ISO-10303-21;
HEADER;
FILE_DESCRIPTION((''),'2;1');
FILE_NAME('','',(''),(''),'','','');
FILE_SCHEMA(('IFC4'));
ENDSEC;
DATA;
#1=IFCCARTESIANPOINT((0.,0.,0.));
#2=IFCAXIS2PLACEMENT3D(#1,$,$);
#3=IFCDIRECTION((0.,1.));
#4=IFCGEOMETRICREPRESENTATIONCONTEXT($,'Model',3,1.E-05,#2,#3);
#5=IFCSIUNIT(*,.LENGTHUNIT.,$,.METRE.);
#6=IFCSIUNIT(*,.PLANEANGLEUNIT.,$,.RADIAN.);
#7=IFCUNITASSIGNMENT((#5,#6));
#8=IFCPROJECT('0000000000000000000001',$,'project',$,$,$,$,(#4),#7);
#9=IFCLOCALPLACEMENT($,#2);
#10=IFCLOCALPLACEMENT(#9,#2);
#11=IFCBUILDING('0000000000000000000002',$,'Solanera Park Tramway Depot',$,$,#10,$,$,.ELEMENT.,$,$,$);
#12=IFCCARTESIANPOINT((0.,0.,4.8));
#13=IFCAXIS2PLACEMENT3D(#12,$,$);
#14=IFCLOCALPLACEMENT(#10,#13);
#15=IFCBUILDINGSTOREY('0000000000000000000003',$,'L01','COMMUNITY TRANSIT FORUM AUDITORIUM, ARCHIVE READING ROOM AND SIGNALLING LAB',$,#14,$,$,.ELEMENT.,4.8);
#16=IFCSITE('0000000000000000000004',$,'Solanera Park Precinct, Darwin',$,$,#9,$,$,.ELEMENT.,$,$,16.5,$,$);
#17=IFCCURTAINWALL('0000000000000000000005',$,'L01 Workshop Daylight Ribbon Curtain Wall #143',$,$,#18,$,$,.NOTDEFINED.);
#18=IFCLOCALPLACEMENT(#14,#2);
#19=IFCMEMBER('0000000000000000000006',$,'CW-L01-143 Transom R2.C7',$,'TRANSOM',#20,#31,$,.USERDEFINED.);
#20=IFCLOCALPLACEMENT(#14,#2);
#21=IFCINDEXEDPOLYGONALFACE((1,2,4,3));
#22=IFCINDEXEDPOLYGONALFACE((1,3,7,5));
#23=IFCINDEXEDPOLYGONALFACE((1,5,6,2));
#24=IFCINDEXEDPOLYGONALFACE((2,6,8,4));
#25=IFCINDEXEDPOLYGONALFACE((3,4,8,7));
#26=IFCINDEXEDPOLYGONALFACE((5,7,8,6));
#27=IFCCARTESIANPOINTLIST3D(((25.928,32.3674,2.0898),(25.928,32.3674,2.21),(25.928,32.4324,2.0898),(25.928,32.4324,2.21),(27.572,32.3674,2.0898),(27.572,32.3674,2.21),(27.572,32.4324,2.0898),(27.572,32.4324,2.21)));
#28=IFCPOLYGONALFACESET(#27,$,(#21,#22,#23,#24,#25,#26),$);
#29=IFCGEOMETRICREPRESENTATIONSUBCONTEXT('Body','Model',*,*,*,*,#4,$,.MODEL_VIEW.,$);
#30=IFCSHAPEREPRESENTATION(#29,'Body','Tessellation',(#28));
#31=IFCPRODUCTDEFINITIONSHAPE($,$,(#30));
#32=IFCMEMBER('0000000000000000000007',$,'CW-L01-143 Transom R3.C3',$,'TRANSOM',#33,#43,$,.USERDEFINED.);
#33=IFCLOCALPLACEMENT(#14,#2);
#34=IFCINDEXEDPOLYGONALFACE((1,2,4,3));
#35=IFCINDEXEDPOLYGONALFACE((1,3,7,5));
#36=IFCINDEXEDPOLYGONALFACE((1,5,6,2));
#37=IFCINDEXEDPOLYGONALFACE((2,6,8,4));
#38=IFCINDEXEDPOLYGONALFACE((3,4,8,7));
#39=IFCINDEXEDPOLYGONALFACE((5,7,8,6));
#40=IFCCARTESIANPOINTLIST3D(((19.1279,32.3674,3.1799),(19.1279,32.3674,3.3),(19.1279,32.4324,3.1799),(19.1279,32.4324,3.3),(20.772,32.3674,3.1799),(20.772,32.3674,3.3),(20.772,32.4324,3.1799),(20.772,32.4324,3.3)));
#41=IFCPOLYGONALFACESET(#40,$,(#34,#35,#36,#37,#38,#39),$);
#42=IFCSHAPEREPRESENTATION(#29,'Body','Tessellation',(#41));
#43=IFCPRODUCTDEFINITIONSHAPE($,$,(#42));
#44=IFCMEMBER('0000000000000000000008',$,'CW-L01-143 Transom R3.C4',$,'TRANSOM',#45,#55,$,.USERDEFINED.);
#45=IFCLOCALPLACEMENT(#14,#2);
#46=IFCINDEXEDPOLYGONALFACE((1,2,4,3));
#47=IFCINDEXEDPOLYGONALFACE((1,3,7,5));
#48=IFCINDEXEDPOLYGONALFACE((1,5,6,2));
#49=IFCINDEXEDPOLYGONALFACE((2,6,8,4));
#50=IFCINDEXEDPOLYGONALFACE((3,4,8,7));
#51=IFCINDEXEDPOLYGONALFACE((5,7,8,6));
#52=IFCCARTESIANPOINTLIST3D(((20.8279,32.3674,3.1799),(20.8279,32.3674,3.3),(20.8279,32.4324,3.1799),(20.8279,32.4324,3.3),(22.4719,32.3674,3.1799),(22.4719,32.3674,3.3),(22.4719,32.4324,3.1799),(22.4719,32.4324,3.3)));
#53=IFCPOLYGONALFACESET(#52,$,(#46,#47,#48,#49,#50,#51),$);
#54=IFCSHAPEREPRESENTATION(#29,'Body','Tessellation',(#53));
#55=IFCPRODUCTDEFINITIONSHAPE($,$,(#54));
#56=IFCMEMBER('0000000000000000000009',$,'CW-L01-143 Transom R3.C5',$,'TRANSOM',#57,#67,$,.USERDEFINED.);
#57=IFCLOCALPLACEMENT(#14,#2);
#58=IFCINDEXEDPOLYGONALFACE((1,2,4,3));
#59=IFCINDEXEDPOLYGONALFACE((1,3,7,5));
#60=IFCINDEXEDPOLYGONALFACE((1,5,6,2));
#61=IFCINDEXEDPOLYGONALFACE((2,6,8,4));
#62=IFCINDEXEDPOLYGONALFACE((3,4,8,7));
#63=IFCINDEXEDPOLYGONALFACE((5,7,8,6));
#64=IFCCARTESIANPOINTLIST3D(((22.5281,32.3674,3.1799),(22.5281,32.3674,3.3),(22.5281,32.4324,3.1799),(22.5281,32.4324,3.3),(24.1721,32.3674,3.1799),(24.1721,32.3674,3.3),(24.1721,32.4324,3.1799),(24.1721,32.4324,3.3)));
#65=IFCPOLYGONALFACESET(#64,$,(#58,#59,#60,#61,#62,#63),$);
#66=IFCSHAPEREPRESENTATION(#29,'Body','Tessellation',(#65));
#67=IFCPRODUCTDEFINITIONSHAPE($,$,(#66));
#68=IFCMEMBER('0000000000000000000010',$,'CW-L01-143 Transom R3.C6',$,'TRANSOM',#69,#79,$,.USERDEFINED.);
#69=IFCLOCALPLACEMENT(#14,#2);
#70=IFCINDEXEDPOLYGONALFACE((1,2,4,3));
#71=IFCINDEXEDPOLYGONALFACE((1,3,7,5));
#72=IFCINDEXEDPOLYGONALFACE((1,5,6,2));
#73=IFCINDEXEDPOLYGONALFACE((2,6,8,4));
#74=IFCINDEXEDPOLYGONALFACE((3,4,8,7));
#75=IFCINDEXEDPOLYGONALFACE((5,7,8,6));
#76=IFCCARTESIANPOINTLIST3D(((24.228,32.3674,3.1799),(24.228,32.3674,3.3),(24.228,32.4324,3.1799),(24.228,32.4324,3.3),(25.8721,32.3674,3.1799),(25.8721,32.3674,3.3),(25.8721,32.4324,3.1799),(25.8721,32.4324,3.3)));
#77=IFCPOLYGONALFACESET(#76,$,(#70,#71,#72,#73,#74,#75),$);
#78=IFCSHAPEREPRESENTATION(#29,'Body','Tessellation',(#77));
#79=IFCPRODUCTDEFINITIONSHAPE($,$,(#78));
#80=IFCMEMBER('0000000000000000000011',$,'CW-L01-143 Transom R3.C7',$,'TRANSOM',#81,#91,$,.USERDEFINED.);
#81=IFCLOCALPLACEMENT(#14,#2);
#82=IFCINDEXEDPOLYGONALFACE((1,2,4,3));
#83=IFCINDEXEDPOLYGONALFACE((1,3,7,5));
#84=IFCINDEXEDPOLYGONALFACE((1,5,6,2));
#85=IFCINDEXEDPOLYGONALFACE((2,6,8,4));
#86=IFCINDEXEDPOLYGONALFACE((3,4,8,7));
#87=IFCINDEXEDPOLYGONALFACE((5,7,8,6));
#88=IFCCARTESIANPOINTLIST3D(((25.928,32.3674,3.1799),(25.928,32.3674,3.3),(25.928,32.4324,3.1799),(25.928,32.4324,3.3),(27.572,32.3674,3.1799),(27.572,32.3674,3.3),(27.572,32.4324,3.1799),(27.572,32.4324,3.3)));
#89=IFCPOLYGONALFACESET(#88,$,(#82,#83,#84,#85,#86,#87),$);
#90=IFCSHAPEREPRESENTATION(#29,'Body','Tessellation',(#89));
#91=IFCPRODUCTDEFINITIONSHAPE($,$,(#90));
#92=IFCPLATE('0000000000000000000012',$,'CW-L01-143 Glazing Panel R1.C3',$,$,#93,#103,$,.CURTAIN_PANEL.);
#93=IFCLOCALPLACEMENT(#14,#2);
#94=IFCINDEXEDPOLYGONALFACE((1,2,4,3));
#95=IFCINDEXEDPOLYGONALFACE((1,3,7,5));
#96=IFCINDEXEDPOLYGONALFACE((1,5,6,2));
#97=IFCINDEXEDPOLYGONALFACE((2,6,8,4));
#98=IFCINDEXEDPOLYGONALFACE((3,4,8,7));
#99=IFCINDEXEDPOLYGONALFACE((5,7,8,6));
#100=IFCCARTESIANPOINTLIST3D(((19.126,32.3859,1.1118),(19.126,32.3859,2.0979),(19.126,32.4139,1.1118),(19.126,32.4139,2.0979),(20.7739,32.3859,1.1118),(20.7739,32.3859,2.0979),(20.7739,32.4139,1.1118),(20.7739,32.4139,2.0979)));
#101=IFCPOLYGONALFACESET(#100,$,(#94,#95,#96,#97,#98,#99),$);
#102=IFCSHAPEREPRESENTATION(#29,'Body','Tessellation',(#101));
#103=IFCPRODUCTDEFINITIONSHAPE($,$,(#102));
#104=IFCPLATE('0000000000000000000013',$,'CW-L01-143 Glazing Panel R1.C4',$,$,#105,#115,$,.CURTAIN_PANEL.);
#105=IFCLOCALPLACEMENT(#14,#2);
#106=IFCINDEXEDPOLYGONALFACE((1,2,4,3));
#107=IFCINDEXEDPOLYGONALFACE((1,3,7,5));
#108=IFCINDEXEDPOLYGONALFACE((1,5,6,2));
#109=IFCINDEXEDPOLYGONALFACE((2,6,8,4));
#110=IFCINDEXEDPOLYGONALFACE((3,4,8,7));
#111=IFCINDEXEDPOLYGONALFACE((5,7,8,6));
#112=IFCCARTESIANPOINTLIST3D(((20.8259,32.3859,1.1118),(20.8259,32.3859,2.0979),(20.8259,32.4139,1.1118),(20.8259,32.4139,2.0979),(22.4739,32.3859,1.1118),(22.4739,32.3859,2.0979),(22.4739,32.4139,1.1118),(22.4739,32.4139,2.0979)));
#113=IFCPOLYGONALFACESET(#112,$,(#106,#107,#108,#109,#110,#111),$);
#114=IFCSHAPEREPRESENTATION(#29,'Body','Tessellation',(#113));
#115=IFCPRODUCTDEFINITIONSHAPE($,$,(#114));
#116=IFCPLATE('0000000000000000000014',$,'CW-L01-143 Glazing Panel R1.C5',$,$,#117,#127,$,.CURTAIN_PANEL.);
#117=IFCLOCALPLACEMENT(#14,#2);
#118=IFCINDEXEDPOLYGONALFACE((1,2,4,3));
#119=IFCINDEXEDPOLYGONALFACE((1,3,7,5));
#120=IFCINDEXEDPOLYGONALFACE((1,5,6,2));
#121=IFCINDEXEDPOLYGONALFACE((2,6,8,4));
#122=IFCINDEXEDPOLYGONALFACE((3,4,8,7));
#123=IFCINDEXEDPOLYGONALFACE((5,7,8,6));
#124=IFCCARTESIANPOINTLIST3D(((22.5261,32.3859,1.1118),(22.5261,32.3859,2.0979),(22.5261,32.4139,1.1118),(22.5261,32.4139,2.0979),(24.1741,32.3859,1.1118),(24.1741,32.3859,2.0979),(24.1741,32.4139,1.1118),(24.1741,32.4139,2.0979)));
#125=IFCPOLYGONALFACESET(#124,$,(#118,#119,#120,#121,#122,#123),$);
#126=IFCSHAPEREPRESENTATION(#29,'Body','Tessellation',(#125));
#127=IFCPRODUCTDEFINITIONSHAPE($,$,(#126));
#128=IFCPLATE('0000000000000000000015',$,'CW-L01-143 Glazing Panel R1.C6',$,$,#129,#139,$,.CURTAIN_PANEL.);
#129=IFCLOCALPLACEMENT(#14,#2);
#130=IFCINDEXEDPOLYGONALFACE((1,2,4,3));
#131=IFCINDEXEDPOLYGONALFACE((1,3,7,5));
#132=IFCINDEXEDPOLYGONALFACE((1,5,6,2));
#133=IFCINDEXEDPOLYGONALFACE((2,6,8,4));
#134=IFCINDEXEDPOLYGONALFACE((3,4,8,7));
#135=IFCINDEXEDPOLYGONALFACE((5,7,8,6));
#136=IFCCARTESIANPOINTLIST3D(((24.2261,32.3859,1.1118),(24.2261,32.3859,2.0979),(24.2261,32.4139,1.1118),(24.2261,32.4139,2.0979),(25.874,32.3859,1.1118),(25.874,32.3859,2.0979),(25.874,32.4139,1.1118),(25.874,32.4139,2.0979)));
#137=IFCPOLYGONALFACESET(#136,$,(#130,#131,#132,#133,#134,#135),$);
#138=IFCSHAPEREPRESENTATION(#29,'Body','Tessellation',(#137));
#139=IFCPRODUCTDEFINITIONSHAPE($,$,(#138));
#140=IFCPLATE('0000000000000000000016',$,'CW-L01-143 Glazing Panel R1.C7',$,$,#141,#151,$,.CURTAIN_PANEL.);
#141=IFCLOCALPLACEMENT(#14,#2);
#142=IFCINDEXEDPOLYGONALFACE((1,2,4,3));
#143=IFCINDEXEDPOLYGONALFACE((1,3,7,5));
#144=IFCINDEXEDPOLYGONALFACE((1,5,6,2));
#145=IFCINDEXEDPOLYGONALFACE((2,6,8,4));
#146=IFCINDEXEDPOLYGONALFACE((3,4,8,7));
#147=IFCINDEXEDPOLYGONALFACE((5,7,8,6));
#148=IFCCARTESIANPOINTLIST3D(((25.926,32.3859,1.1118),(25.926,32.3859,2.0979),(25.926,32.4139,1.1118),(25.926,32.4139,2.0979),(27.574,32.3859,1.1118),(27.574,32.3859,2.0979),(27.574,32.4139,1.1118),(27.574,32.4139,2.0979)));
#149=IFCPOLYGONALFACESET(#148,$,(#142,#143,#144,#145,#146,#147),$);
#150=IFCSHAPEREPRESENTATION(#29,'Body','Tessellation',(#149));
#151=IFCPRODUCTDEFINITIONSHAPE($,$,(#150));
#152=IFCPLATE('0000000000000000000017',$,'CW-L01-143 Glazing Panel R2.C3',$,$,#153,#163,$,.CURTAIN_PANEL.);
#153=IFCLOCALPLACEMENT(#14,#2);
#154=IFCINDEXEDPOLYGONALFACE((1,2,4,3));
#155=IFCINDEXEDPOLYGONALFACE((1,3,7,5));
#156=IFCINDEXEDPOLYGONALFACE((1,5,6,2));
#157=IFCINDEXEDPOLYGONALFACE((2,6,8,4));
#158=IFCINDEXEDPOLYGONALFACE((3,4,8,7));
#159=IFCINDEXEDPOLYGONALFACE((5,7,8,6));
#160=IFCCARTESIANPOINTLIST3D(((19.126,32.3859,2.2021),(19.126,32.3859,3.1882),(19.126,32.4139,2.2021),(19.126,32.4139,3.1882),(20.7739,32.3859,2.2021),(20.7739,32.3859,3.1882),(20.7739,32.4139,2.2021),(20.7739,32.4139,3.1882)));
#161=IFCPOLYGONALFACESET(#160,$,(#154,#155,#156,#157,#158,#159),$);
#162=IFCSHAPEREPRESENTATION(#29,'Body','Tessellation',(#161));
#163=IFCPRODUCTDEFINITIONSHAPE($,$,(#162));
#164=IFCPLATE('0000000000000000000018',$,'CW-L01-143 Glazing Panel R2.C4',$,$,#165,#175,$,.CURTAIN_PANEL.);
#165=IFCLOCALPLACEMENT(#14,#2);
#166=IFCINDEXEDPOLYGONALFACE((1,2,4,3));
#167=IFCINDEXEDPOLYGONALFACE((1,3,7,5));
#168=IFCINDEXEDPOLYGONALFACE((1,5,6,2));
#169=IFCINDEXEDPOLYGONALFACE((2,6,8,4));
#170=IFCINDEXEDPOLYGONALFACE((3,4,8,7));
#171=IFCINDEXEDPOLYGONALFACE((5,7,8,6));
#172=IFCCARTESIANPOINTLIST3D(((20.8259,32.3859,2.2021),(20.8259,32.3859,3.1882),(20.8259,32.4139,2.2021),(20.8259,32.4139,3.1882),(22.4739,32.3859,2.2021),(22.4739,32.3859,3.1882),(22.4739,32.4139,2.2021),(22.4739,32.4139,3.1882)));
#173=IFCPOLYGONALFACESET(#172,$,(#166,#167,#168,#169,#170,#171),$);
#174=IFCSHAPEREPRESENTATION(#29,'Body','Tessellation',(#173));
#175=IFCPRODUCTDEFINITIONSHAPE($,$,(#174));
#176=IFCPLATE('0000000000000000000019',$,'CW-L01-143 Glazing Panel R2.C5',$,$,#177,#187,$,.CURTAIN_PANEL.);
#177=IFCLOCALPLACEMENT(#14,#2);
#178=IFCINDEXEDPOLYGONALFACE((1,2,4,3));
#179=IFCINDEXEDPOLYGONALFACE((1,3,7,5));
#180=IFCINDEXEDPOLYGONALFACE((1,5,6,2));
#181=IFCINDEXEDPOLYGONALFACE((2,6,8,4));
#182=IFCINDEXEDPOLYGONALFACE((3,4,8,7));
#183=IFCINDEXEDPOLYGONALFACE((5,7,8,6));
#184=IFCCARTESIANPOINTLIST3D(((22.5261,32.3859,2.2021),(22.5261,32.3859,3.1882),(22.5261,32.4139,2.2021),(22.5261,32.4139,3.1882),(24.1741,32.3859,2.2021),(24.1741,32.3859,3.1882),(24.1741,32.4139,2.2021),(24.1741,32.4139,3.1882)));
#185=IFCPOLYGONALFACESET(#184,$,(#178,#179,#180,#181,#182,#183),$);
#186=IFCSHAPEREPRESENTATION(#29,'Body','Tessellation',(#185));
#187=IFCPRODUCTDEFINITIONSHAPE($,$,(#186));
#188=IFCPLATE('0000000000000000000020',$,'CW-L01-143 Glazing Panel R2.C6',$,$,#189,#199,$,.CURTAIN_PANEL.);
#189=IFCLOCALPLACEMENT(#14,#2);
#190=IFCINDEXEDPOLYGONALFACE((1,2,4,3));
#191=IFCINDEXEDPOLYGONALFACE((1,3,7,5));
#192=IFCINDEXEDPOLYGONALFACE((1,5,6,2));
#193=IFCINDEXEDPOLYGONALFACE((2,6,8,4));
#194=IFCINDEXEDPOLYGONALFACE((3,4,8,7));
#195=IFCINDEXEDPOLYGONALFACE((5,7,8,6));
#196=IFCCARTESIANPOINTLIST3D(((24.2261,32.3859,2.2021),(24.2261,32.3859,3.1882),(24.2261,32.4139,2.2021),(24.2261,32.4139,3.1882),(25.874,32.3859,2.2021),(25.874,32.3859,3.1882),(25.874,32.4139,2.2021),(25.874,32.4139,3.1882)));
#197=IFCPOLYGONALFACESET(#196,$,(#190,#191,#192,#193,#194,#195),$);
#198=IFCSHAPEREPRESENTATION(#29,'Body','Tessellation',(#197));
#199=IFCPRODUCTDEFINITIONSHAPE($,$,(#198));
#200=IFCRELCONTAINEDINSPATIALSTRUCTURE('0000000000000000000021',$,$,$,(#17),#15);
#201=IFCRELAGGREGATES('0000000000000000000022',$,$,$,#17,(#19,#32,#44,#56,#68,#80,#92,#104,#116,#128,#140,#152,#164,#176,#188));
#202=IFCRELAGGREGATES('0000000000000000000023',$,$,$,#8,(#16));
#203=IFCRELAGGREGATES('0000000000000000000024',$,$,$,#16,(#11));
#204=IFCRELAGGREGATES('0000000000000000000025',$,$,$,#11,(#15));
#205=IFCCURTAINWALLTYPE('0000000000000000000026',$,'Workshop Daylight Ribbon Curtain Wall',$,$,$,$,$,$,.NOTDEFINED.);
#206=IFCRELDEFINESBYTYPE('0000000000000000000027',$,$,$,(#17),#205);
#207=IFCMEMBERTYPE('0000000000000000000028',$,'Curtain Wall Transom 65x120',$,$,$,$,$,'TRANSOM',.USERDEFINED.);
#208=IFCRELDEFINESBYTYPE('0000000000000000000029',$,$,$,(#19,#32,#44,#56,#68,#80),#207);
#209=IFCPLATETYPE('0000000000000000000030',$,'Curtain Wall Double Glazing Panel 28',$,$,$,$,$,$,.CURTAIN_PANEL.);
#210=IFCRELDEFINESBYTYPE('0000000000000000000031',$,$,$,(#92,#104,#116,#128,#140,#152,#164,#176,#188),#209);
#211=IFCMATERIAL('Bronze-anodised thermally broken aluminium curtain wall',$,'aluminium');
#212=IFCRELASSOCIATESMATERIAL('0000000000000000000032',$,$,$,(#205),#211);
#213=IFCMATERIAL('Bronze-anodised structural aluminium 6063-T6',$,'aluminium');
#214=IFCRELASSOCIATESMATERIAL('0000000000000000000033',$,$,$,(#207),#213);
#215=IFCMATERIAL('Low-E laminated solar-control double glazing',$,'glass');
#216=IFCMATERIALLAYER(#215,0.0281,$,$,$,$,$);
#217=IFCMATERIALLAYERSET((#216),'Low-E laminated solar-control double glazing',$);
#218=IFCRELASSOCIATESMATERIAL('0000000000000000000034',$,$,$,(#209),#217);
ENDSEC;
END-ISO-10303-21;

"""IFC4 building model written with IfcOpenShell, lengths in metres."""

from ifc_helpers import new_model, si_unit, direction, frame, origin, origin_2d, place, context, subcontext, project, spatial, rectangle, extrude, material, layer, layer_set, material_profile, profile_set, type_object, element, aggregate, save


model = new_model("IFC4")

# Units and contexts
model_context = context("Model", 3, precision=1e-05, world=origin(), true_north=direction((0.0, 1.0)))
body_context = subcontext(model_context, "Body", "Model", "MODEL_VIEW")
ifc_project = project(units=[si_unit("LENGTHUNIT", "METRE"), si_unit("PLANEANGLEUNIT", "RADIAN")], contexts=[model_context])

# Site, building, storey
site_placement = place(None, origin())
site = spatial("IfcSite", under=ifc_project, at=site_placement, Name="Solanera Park Precinct, Darwin", CompositionType="ELEMENT", RefElevation=16.5)
building_placement = place(site_placement, origin())
building = spatial("IfcBuilding", under=site, at=building_placement, Name="Solanera Park Tramway Depot", CompositionType="ELEMENT")
storey_placement = place(building_placement, frame((0.0, 0.0, 4.8)))
storey = spatial("IfcBuildingStorey", under=building, at=storey_placement, Name="L01", Description="COMMUNITY TRANSIT FORUM AUDITORIUM, ARCHIVE READING ROOM AND SIGNALLING LAB", CompositionType="ELEMENT", Elevation=4.8)

# Curtain wall, members, plates
ifc_material_1 = material(Name="Bronze-anodised thermally broken aluminium curtain wall", Category="aluminium")
curtain_wall_type = type_object("IfcCurtainWallType", Name="Workshop Daylight Ribbon Curtain Wall", PredefinedType="NOTDEFINED", material=ifc_material_1)
curtain_wall_placement = place(storey_placement, origin())
curtain_wall = element("IfcCurtainWall", 1, at=curtain_wall_placement, inside=storey, type_object=curtain_wall_type, Name="L01 Workshop Daylight Ribbon Curtain Wall #143", PredefinedType="NOTDEFINED")
ifc_material_2 = material(Name="Bronze-anodised structural aluminium 6063-T6", Category="aluminium")
ifc_material_profile_1 = material_profile(ifc_material_2, rectangle(XDim=0.0649, YDim=0.1201, at=origin_2d()), Name="Curtain Wall Transom 65x120")
ifc_profile_set_1 = profile_set([ifc_material_profile_1], Name="Bronze-anodised structural aluminium 6063-T6")
member_type_1 = type_object("IfcMemberType", Name="Curtain Wall Transom 65x120", ElementType="TRANSOM", PredefinedType="USERDEFINED", material=ifc_profile_set_1)
member_1_placement = place(storey_placement, frame((25.928, 32.3999, 2.1499), z_axis=(1.0, 0.0, 0.0), x_axis=(0.0, 1.0, 0.0)))
member_1 = element("IfcMember", 2, at=member_1_placement, type_object=member_type_1, Name="CW-L01-143 Transom R2.C7", ObjectType="TRANSOM", PredefinedType="USERDEFINED", context=body_context, shape_type="SweptSolid", body=[
    extrude(rectangle(XDim=0.0649, YDim=0.1201, at=origin_2d()), origin(), (0.0, 0.0, 1.0), 1.644),
])
member_2_placement = place(storey_placement, frame((19.1279, 32.3999, 3.24), z_axis=(1.0, 0.0, 0.0), x_axis=(0.0, 1.0, 0.0)))
member_2 = element("IfcMember", 3, at=member_2_placement, type_object=member_type_1, Name="CW-L01-143 Transom R3.C3", ObjectType="TRANSOM", PredefinedType="USERDEFINED", context=body_context, shape_type="SweptSolid", body=[
    extrude(rectangle(XDim=0.0649, YDim=0.1201, at=origin_2d()), origin(), (0.0, 0.0, 1.0), 1.644),
])
member_3_placement = place(storey_placement, frame((20.8279, 32.3999, 3.24), z_axis=(1.0, 0.0, 0.0), x_axis=(0.0, 1.0, 0.0)))
member_3 = element("IfcMember", 4, at=member_3_placement, type_object=member_type_1, Name="CW-L01-143 Transom R3.C4", ObjectType="TRANSOM", PredefinedType="USERDEFINED", context=body_context, shape_type="SweptSolid", body=[
    extrude(rectangle(XDim=0.0649, YDim=0.1201, at=origin_2d()), origin(), (0.0, 0.0, 1.0), 1.644),
])
member_4_placement = place(storey_placement, frame((22.5281, 32.3999, 3.24), z_axis=(1.0, 0.0, 0.0), x_axis=(0.0, 1.0, 0.0)))
member_4 = element("IfcMember", 5, at=member_4_placement, type_object=member_type_1, Name="CW-L01-143 Transom R3.C5", ObjectType="TRANSOM", PredefinedType="USERDEFINED", context=body_context, shape_type="SweptSolid", body=[
    extrude(rectangle(XDim=0.0649, YDim=0.1201, at=origin_2d()), origin(), (0.0, 0.0, 1.0), 1.644),
])
member_5_placement = place(storey_placement, frame((24.228, 32.3999, 3.24), z_axis=(1.0, 0.0, 0.0), x_axis=(0.0, 1.0, 0.0)))
member_5 = element("IfcMember", 6, at=member_5_placement, type_object=member_type_1, Name="CW-L01-143 Transom R3.C6", ObjectType="TRANSOM", PredefinedType="USERDEFINED", context=body_context, shape_type="SweptSolid", body=[
    extrude(rectangle(XDim=0.0649, YDim=0.1201, at=origin_2d()), origin(), (0.0, 0.0, 1.0), 1.644),
])
member_6_placement = place(storey_placement, frame((25.928, 32.3999, 3.24), z_axis=(1.0, 0.0, 0.0), x_axis=(0.0, 1.0, 0.0)))
member_6 = element("IfcMember", 7, at=member_6_placement, type_object=member_type_1, Name="CW-L01-143 Transom R3.C7", ObjectType="TRANSOM", PredefinedType="USERDEFINED", context=body_context, shape_type="SweptSolid", body=[
    extrude(rectangle(XDim=0.0649, YDim=0.1201, at=origin_2d()), origin(), (0.0, 0.0, 1.0), 1.644),
])
ifc_material_3 = material(Name="Low-E laminated solar-control double glazing", Category="glass")
ifc_layer = layer(ifc_material_3, 0.0281)
ifc_layer_set = layer_set([ifc_layer], Name="Low-E laminated solar-control double glazing")
plate_type = type_object("IfcPlateType", Name="Curtain Wall Double Glazing Panel 28", PredefinedType="CURTAIN_PANEL", material=ifc_layer_set)
plate_1_placement = place(storey_placement, frame((19.95, 32.3999, 1.1118), z_axis=(0.0, 0.0, 1.0), x_axis=(1.0, 0.0, 0.0)))
plate_1 = element("IfcPlate", 8, at=plate_1_placement, type_object=plate_type, Name="CW-L01-143 Glazing Panel R1.C3", PredefinedType="CURTAIN_PANEL", context=body_context, shape_type="SweptSolid", body=[
    extrude(rectangle(XDim=1.6479, YDim=0.0281, at=origin_2d()), origin(), (0.0, 0.0, 1.0), 0.9861),
])
plate_2_placement = place(storey_placement, frame((21.6499, 32.3999, 1.1118), z_axis=(0.0, 0.0, 1.0), x_axis=(1.0, 0.0, 0.0)))
plate_2 = element("IfcPlate", 9, at=plate_2_placement, type_object=plate_type, Name="CW-L01-143 Glazing Panel R1.C4", PredefinedType="CURTAIN_PANEL", context=body_context, shape_type="SweptSolid", body=[
    extrude(rectangle(XDim=1.6479, YDim=0.0281, at=origin_2d()), origin(), (0.0, 0.0, 1.0), 0.9861),
])
plate_3_placement = place(storey_placement, frame((23.3501, 32.3999, 1.1118), z_axis=(0.0, 0.0, 1.0), x_axis=(1.0, 0.0, 0.0)))
plate_3 = element("IfcPlate", 10, at=plate_3_placement, type_object=plate_type, Name="CW-L01-143 Glazing Panel R1.C5", PredefinedType="CURTAIN_PANEL", context=body_context, shape_type="SweptSolid", body=[
    extrude(rectangle(XDim=1.6479, YDim=0.0281, at=origin_2d()), origin(), (0.0, 0.0, 1.0), 0.9861),
])
plate_4_placement = place(storey_placement, frame((25.05, 32.3999, 1.1118), z_axis=(0.0, 0.0, 1.0), x_axis=(1.0, 0.0, 0.0)))
plate_4 = element("IfcPlate", 11, at=plate_4_placement, type_object=plate_type, Name="CW-L01-143 Glazing Panel R1.C6", PredefinedType="CURTAIN_PANEL", context=body_context, shape_type="SweptSolid", body=[
    extrude(rectangle(XDim=1.6479, YDim=0.0281, at=origin_2d()), origin(), (0.0, 0.0, 1.0), 0.9861),
])
plate_5_placement = place(storey_placement, frame((26.75, 32.3999, 1.1118), z_axis=(0.0, 0.0, 1.0), x_axis=(1.0, 0.0, 0.0)))
plate_5 = element("IfcPlate", 12, at=plate_5_placement, type_object=plate_type, Name="CW-L01-143 Glazing Panel R1.C7", PredefinedType="CURTAIN_PANEL", context=body_context, shape_type="SweptSolid", body=[
    extrude(rectangle(XDim=1.6479, YDim=0.0281, at=origin_2d()), origin(), (0.0, 0.0, 1.0), 0.9861),
])
plate_6_placement = place(storey_placement, frame((19.95, 32.3999, 2.2021), z_axis=(0.0, 0.0, 1.0), x_axis=(1.0, 0.0, 0.0)))
plate_6 = element("IfcPlate", 13, at=plate_6_placement, type_object=plate_type, Name="CW-L01-143 Glazing Panel R2.C3", PredefinedType="CURTAIN_PANEL", context=body_context, shape_type="SweptSolid", body=[
    extrude(rectangle(XDim=1.6479, YDim=0.0281, at=origin_2d()), origin(), (0.0, 0.0, 1.0), 0.9861),
])
plate_7_placement = place(storey_placement, frame((21.6499, 32.3999, 2.2021), z_axis=(0.0, 0.0, 1.0), x_axis=(1.0, 0.0, 0.0)))
plate_7 = element("IfcPlate", 14, at=plate_7_placement, type_object=plate_type, Name="CW-L01-143 Glazing Panel R2.C4", PredefinedType="CURTAIN_PANEL", context=body_context, shape_type="SweptSolid", body=[
    extrude(rectangle(XDim=1.6479, YDim=0.0281, at=origin_2d()), origin(), (0.0, 0.0, 1.0), 0.9861),
])
plate_8_placement = place(storey_placement, frame((23.3501, 32.3999, 2.2021), z_axis=(0.0, 0.0, 1.0), x_axis=(1.0, 0.0, 0.0)))
plate_8 = element("IfcPlate", 15, at=plate_8_placement, type_object=plate_type, Name="CW-L01-143 Glazing Panel R2.C5", PredefinedType="CURTAIN_PANEL", context=body_context, shape_type="SweptSolid", body=[
    extrude(rectangle(XDim=1.6479, YDim=0.0281, at=origin_2d()), origin(), (0.0, 0.0, 1.0), 0.9861),
])
plate_9_placement = place(storey_placement, frame((25.05, 32.3999, 2.2021), z_axis=(0.0, 0.0, 1.0), x_axis=(1.0, 0.0, 0.0)))
plate_9 = element("IfcPlate", 16, at=plate_9_placement, type_object=plate_type, Name="CW-L01-143 Glazing Panel R2.C6", PredefinedType="CURTAIN_PANEL", context=body_context, shape_type="SweptSolid", body=[
    extrude(rectangle(XDim=1.6479, YDim=0.0281, at=origin_2d()), origin(), (0.0, 0.0, 1.0), 0.9861),
])
aggregate(curtain_wall, [member_1, member_2, member_3, member_4, member_5, member_6, plate_1, plate_2, plate_3, plate_4, plate_5, plate_6, plate_7, plate_8, plate_9])

save(model, "model.ifc")
